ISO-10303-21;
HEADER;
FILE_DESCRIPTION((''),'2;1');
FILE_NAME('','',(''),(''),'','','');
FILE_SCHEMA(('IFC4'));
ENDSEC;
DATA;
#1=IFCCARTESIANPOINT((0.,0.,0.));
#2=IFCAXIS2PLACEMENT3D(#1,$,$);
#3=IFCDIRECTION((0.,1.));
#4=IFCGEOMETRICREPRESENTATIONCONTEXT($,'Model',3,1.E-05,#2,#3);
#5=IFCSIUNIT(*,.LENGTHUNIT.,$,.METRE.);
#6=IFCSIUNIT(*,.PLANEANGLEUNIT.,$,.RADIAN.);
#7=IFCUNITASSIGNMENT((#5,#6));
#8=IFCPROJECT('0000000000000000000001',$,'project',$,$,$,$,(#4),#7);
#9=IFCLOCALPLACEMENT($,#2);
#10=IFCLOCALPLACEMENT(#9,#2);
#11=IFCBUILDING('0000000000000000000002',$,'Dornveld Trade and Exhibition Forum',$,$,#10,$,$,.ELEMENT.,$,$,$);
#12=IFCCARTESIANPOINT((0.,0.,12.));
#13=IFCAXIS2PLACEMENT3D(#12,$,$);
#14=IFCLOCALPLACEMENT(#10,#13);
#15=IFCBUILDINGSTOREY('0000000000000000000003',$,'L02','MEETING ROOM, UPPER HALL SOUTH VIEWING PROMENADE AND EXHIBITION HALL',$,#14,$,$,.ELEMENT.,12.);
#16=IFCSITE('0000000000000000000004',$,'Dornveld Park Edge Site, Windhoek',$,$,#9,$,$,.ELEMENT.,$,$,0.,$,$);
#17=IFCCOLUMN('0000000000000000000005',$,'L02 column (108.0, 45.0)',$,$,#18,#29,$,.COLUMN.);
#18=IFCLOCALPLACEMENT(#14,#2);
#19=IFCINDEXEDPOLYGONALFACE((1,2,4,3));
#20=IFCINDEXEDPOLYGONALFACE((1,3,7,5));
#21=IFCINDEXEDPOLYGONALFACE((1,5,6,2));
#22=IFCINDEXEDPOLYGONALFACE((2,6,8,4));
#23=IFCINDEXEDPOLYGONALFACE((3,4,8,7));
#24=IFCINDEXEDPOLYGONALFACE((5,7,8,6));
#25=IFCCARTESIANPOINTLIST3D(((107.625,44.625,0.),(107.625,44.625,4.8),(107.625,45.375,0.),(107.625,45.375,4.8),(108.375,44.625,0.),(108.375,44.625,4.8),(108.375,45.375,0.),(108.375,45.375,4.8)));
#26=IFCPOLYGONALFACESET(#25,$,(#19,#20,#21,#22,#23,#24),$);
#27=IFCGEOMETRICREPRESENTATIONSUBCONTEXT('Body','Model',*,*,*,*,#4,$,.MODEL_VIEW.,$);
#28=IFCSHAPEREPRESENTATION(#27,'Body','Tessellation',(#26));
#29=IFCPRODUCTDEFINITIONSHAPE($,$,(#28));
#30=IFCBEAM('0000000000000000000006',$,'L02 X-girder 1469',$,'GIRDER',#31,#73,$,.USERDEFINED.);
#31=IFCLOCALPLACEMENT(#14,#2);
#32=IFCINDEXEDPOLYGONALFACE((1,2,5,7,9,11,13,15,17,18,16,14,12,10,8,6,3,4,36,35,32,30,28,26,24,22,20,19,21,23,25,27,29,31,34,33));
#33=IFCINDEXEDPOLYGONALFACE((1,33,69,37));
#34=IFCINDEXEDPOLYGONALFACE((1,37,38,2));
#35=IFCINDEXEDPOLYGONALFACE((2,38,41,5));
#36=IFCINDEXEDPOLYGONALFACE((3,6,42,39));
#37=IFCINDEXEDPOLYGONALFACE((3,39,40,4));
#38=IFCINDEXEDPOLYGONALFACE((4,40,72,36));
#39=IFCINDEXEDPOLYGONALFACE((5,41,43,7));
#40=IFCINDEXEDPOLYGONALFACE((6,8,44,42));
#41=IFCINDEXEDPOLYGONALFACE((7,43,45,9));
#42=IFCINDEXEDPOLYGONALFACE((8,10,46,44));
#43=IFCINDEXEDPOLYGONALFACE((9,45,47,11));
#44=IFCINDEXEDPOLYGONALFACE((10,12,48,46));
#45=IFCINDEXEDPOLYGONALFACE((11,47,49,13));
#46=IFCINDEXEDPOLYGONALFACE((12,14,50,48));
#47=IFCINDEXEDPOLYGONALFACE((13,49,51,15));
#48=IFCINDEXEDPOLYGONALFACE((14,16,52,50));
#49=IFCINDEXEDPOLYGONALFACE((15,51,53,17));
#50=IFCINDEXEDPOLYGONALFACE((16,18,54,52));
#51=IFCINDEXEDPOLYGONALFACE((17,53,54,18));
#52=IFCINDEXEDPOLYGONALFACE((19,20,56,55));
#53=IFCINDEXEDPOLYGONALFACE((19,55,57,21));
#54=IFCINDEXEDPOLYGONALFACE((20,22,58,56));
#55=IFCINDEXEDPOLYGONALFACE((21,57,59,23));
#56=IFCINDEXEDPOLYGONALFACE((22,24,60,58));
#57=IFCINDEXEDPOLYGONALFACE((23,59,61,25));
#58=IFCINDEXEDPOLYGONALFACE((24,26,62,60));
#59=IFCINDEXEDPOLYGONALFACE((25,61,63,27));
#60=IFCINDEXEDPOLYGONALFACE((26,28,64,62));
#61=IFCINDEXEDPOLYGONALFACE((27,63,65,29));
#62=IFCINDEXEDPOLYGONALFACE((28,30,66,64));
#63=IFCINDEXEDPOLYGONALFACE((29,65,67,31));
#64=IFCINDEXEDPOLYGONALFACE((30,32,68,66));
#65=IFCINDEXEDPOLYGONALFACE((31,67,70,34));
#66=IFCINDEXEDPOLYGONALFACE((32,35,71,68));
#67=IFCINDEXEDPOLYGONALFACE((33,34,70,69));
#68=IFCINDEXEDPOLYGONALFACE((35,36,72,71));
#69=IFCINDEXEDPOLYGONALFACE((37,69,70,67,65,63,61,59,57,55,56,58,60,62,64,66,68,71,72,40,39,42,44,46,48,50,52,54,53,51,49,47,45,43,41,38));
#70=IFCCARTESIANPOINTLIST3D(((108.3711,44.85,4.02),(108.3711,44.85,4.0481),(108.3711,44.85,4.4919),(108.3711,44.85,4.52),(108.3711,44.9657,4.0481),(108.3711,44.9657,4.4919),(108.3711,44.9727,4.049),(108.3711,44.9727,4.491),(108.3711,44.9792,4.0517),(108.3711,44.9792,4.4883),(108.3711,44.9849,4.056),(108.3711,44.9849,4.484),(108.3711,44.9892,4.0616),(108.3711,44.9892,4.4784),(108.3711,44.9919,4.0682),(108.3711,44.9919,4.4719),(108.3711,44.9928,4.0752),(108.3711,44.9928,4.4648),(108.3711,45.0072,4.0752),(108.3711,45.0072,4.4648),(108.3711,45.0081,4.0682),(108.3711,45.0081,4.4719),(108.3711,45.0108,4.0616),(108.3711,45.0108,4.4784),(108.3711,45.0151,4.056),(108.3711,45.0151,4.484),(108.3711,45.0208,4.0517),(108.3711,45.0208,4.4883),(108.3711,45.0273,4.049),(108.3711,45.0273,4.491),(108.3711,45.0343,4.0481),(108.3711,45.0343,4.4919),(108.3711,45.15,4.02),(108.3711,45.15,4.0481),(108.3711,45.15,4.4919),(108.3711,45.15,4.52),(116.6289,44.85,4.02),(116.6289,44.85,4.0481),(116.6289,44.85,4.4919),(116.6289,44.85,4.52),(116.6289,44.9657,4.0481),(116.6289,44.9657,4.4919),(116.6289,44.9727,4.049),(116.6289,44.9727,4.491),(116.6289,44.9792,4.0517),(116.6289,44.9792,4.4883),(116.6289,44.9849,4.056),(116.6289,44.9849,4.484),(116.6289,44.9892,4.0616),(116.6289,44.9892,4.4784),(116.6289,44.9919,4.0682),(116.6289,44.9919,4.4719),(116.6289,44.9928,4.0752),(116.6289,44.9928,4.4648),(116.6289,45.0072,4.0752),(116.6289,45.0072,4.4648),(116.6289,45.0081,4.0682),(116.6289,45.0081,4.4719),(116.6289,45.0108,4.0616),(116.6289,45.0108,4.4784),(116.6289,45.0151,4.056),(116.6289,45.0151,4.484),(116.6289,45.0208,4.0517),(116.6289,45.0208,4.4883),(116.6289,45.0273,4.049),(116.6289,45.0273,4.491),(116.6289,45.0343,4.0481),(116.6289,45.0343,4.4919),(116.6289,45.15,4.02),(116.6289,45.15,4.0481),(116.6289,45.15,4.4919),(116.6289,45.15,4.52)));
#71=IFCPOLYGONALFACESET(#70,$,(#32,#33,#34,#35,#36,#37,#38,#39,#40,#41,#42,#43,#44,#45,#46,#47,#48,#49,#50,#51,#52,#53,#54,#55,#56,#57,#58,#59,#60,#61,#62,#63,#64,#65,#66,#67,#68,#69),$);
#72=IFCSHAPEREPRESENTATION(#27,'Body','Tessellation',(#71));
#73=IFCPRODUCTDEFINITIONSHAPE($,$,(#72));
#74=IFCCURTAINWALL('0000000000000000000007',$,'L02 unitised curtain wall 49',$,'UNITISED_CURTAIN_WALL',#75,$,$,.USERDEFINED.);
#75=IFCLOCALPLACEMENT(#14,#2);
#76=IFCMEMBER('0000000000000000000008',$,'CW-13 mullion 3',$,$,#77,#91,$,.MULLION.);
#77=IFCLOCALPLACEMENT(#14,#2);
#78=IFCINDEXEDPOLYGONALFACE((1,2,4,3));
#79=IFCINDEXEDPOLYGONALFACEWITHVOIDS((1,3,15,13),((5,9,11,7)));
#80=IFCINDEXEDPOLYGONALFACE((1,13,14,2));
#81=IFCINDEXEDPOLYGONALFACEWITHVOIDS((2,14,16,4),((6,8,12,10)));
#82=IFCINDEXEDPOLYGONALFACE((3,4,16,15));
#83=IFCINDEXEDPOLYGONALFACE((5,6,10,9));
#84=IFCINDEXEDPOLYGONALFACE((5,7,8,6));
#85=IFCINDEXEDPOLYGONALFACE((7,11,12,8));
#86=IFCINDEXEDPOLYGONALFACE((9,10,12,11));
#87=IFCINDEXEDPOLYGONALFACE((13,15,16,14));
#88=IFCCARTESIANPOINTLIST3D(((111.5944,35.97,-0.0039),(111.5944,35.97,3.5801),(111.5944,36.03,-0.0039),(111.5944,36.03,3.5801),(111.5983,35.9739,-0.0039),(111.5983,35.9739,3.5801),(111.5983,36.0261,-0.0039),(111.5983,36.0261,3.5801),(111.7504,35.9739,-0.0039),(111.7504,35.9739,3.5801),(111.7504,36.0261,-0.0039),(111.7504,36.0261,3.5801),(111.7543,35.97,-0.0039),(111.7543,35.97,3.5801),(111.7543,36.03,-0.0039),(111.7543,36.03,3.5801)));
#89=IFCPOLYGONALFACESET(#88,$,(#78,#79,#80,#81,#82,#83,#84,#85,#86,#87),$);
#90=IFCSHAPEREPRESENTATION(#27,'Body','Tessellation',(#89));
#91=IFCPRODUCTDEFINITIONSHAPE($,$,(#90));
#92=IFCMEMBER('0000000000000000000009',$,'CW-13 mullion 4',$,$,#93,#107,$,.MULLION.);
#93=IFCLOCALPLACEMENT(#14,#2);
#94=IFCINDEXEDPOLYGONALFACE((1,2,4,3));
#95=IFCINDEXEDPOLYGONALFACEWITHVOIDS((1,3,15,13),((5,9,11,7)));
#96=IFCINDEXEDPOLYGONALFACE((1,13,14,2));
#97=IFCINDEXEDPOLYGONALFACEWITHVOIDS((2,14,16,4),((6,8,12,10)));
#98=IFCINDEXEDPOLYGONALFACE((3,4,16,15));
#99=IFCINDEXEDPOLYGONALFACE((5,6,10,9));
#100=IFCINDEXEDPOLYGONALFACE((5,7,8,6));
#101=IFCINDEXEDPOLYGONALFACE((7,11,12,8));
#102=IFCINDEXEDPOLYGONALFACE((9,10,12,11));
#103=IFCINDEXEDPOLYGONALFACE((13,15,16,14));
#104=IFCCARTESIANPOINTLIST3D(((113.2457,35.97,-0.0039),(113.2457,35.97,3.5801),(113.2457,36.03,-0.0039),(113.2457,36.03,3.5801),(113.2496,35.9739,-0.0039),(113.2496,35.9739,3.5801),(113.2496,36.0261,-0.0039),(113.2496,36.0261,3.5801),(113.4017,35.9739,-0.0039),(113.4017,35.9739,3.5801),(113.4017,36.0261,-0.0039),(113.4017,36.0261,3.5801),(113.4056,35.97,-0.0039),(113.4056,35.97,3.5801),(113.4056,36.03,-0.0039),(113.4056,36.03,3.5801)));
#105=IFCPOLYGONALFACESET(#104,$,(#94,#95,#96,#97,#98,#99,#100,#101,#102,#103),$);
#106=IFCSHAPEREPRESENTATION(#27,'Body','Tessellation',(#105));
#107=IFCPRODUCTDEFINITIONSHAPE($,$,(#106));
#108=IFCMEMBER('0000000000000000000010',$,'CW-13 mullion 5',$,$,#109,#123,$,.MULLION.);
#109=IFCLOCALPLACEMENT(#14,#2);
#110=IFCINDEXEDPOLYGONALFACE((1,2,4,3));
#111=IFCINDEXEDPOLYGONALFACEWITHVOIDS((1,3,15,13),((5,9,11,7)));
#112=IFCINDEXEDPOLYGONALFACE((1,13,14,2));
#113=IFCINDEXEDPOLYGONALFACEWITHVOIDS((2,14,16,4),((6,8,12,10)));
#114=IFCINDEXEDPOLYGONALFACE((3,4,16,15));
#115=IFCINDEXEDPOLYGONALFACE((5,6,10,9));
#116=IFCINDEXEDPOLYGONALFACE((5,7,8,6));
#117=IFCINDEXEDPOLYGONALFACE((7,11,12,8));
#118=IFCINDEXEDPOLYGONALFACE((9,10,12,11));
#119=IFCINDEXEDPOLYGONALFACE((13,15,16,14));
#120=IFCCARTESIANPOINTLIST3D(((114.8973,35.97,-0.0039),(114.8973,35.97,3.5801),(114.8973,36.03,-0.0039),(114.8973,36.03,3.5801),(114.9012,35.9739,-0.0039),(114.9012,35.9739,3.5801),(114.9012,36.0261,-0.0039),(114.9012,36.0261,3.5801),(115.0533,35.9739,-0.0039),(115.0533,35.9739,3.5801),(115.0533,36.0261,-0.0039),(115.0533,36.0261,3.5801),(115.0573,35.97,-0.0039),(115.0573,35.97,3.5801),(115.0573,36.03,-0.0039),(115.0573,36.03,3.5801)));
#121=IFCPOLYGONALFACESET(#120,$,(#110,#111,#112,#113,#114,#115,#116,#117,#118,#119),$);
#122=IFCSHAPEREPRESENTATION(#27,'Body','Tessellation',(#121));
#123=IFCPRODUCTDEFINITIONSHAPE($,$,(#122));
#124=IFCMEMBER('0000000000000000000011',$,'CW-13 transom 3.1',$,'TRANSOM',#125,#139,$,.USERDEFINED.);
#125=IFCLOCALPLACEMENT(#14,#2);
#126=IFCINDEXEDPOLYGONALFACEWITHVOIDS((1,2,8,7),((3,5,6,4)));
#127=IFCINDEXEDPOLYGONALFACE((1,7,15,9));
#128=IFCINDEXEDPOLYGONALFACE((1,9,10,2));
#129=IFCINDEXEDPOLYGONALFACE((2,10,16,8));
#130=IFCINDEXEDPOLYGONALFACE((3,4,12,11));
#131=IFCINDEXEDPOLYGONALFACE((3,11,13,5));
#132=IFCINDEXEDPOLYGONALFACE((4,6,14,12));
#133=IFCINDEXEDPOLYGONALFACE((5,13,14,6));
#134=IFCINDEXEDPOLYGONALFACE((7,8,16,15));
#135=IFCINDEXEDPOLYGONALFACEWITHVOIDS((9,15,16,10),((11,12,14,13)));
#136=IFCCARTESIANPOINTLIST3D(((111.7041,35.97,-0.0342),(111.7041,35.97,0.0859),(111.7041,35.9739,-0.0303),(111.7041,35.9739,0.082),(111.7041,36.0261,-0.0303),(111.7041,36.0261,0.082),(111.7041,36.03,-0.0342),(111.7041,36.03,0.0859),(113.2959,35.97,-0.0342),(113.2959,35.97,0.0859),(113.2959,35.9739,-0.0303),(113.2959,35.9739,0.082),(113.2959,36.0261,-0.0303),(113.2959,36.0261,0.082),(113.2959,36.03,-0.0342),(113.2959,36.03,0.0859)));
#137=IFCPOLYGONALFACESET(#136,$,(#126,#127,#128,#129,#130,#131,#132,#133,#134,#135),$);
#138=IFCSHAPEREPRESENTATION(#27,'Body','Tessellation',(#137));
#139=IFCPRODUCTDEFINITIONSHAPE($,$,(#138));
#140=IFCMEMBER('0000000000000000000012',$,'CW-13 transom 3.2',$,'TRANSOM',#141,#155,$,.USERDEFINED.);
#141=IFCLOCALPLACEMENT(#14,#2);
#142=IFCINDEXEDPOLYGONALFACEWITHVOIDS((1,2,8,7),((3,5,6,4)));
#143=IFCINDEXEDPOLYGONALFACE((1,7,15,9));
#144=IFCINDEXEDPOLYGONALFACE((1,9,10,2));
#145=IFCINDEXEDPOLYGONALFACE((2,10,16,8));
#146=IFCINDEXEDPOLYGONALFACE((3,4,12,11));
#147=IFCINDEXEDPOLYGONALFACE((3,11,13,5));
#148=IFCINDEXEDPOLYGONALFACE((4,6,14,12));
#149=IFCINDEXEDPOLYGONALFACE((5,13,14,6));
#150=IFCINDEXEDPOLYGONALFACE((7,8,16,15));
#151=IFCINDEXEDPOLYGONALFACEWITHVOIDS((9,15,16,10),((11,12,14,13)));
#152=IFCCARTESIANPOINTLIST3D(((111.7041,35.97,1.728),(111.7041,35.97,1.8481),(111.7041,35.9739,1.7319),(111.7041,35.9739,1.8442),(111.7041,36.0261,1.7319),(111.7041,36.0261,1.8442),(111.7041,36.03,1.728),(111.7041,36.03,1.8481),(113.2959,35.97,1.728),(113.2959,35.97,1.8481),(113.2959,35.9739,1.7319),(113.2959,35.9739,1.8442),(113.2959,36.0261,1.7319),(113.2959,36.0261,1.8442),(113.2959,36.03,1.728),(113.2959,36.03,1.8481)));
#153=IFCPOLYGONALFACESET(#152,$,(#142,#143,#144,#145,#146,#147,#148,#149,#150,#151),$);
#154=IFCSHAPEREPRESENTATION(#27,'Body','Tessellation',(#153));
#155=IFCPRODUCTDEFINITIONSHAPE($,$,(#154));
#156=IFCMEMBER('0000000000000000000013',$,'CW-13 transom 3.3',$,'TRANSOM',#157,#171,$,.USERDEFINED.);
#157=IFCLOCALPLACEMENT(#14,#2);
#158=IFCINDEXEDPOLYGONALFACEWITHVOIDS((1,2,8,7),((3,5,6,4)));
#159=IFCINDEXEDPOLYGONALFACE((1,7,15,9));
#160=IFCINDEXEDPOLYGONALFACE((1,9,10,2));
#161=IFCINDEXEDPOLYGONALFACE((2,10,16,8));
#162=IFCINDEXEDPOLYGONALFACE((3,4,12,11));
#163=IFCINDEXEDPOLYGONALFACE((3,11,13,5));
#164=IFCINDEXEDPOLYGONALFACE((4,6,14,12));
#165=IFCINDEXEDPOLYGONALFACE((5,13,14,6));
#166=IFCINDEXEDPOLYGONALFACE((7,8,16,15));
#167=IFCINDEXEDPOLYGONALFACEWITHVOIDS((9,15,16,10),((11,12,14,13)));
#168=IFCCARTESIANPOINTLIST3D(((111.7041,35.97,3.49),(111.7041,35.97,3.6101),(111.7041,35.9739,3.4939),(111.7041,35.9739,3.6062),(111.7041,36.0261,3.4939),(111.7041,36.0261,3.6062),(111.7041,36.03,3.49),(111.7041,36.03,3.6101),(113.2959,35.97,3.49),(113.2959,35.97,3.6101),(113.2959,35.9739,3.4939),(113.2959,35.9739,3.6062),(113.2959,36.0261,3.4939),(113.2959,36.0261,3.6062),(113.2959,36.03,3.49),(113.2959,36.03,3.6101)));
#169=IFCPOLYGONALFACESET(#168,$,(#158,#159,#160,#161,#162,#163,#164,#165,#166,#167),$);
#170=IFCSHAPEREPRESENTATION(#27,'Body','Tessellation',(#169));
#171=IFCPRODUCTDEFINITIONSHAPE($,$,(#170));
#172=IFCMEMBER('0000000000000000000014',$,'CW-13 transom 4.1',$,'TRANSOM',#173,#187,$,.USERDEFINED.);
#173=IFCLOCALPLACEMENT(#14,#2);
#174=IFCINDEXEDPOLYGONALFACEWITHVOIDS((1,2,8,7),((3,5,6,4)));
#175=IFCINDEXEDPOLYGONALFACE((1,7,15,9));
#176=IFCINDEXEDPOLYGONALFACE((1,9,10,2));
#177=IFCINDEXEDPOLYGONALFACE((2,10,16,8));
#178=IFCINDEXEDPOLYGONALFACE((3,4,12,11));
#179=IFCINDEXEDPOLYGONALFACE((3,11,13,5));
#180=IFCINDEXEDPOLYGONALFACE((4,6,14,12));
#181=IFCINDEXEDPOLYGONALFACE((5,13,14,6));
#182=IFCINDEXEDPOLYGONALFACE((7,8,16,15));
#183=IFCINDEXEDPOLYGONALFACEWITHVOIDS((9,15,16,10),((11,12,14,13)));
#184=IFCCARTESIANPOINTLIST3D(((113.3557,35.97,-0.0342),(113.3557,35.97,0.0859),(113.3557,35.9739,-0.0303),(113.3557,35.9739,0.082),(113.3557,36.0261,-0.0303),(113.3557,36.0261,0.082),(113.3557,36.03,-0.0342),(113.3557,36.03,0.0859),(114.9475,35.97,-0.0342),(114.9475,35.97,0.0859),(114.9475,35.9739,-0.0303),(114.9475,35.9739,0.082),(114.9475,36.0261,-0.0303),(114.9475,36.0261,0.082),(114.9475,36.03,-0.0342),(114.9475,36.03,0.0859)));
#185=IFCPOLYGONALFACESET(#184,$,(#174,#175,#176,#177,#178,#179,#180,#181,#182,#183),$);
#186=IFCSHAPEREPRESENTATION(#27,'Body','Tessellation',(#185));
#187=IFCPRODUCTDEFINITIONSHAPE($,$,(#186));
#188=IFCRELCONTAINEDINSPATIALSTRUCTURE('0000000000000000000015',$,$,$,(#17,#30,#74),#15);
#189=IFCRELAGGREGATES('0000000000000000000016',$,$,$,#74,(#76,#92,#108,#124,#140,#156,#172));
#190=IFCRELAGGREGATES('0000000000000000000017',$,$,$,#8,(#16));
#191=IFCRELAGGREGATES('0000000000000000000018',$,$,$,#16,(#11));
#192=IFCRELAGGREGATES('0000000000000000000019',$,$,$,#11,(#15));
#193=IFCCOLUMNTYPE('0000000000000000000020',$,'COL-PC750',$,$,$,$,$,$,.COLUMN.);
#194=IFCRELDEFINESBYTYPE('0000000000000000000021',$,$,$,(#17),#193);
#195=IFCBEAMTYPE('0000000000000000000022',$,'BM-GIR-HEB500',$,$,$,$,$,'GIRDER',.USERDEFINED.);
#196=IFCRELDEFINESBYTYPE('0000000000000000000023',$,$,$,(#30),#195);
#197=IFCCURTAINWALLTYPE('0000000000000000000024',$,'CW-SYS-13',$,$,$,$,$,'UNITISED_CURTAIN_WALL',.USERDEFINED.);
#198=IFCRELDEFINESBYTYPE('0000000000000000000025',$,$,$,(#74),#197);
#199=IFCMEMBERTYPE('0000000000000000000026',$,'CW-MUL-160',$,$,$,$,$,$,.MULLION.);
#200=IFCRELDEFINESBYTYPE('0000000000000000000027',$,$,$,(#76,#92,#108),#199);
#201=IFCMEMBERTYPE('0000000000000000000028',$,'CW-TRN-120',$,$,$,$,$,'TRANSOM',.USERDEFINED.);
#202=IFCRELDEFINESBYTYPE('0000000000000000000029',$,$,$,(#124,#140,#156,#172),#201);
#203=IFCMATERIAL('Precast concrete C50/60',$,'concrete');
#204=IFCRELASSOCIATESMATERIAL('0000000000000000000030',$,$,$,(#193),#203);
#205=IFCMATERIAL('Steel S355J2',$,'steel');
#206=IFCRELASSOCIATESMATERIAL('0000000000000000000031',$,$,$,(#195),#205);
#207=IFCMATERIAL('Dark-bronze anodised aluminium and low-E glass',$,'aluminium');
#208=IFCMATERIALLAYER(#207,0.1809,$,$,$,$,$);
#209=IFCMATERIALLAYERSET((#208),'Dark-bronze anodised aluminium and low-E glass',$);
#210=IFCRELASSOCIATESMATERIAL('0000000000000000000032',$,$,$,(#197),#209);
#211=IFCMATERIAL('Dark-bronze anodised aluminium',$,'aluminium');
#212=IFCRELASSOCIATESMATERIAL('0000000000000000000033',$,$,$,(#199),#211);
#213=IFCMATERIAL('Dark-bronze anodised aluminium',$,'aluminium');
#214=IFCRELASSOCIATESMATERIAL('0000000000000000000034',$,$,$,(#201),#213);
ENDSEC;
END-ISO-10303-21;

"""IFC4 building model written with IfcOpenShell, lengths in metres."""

from ifc_helpers import new_model, si_unit, direction, frame, origin, origin_2d, place, context, subcontext, project, spatial, rectangle, hollow_rectangle, i_section, extrude, material, layer, layer_set, material_profile, profile_set, type_object, element, aggregate, save


model = new_model("IFC4")

# Units and contexts
model_context = context("Model", 3, precision=1e-05, world=origin(), true_north=direction((0.0, 1.0)))
body_context = subcontext(model_context, "Body", "Model", "MODEL_VIEW")
ifc_project = project(units=[si_unit("LENGTHUNIT", "METRE"), si_unit("PLANEANGLEUNIT", "RADIAN")], contexts=[model_context])

# Site, building, storey
site_placement = place(None, origin())
site = spatial("IfcSite", under=ifc_project, at=site_placement, Name="Dornveld Park Edge Site, Windhoek", CompositionType="ELEMENT", RefElevation=0.0)
building_placement = place(site_placement, origin())
building = spatial("IfcBuilding", under=site, at=building_placement, Name="Dornveld Trade and Exhibition Forum", CompositionType="ELEMENT")
storey_placement = place(building_placement, frame((0.0, 0.0, 12.0)))
storey = spatial("IfcBuildingStorey", under=building, at=storey_placement, Name="L02", Description="MEETING ROOM, UPPER HALL SOUTH VIEWING PROMENADE AND EXHIBITION HALL", CompositionType="ELEMENT", Elevation=12.0)

# Column
ifc_material_1 = material(Name="Precast concrete C50/60", Category="concrete")
ifc_material_profile_1 = material_profile(ifc_material_1, rectangle(XDim=0.75, YDim=0.75, at=origin_2d()), Name="PC-COL 750x750")
ifc_profile_set_1 = profile_set([ifc_material_profile_1], Name="Precast concrete C50/60")
column_type = type_object("IfcColumnType", Name="COL-PC750", PredefinedType="COLUMN", material=ifc_profile_set_1)
column_placement = place(storey_placement, frame((108.0, 45.0, 0.0), z_axis=(0.0, 0.0, 1.0), x_axis=(1.0, 0.0, 0.0)))
element("IfcColumn", 1, at=column_placement, inside=storey, type_object=column_type, Name="L02 column (108.0, 45.0)", PredefinedType="COLUMN", context=body_context, shape_type="SweptSolid", body=[
    extrude(rectangle(XDim=0.75, YDim=0.75, at=origin_2d()), origin(), (0.0, 0.0, 1.0), 4.8),
])

# Beam
ifc_material_2 = material(Name="Steel S355J2", Category="steel")
ifc_material_profile_2 = material_profile(ifc_material_2, i_section(OverallWidth=0.3, OverallDepth=0.5, WebThickness=0.0144, FlangeThickness=0.0281, FilletRadius=0.0271, at=origin_2d()), Name="HEB 500")
ifc_profile_set_2 = profile_set([ifc_material_profile_2], Name="Steel S355J2")
beam_type = type_object("IfcBeamType", Name="BM-GIR-HEB500", ElementType="GIRDER", PredefinedType="USERDEFINED", material=ifc_profile_set_2)
beam_placement = place(storey_placement, frame((108.3711, 45.0, 4.27), z_axis=(1.0, 0.0, 0.0), x_axis=(0.0, 1.0, 0.0)))
element("IfcBeam", 2, at=beam_placement, inside=storey, type_object=beam_type, Name="L02 X-girder 1469", ObjectType="GIRDER", PredefinedType="USERDEFINED", context=body_context, shape_type="SweptSolid", body=[
    extrude(i_section(OverallWidth=0.3, OverallDepth=0.5, WebThickness=0.0144, FlangeThickness=0.0281, FilletRadius=0.0271, at=origin_2d()), origin(), (0.0, 0.0, 1.0), 8.2578),
])

# Curtain wall, members
ifc_material_3 = material(Name="Dark-bronze anodised aluminium and low-E glass", Category="aluminium")
ifc_layer_1 = layer(ifc_material_3, 0.1809)
ifc_layer_set_1 = layer_set([ifc_layer_1], Name="Dark-bronze anodised aluminium and low-E glass")
curtain_wall_type = type_object("IfcCurtainWallType", Name="CW-SYS-13", ElementType="UNITISED_CURTAIN_WALL", PredefinedType="USERDEFINED", material=ifc_layer_set_1)
curtain_wall_placement = place(storey_placement, origin())
curtain_wall = element("IfcCurtainWall", 3, at=curtain_wall_placement, inside=storey, type_object=curtain_wall_type, Name="L02 unitised curtain wall 49", ObjectType="UNITISED_CURTAIN_WALL", PredefinedType="USERDEFINED")
ifc_material_4 = material(Name="Dark-bronze anodised aluminium", Category="aluminium")
ifc_material_profile_3 = material_profile(ifc_material_4, hollow_rectangle(XDim=0.0601, YDim=0.1599, WallThickness=0.0039, at=origin_2d()), Name="RHS 160x60x4")
ifc_profile_set_3 = profile_set([ifc_material_profile_3], Name="Dark-bronze anodised aluminium")
member_type_1 = type_object("IfcMemberType", Name="CW-MUL-160", PredefinedType="MULLION", material=ifc_profile_set_3)
member_1_placement = place(storey_placement, frame((111.6743, 36.0, -0.0039), z_axis=(0.0, 0.0, 1.0), x_axis=(0.0, 1.0, 0.0)))
member_1 = element("IfcMember", 4, at=member_1_placement, type_object=member_type_1, Name="CW-13 mullion 3", PredefinedType="MULLION", context=body_context, shape_type="SweptSolid", body=[
    extrude(hollow_rectangle(XDim=0.0601, YDim=0.1599, WallThickness=0.0039, at=origin_2d()), origin(), (0.0, 0.0, 1.0), 3.584),
])
member_2_placement = place(storey_placement, frame((113.3257, 36.0, -0.0039), z_axis=(0.0, 0.0, 1.0), x_axis=(0.0, 1.0, 0.0)))
member_2 = element("IfcMember", 5, at=member_2_placement, type_object=member_type_1, Name="CW-13 mullion 4", PredefinedType="MULLION", context=body_context, shape_type="SweptSolid", body=[
    extrude(hollow_rectangle(XDim=0.0601, YDim=0.1599, WallThickness=0.0039, at=origin_2d()), origin(), (0.0, 0.0, 1.0), 3.584),
])
member_3_placement = place(storey_placement, frame((114.9773, 36.0, -0.0039), z_axis=(0.0, 0.0, 1.0), x_axis=(0.0, 1.0, 0.0)))
member_3 = element("IfcMember", 6, at=member_3_placement, type_object=member_type_1, Name="CW-13 mullion 5", PredefinedType="MULLION", context=body_context, shape_type="SweptSolid", body=[
    extrude(hollow_rectangle(XDim=0.0601, YDim=0.1599, WallThickness=0.0039, at=origin_2d()), origin(), (0.0, 0.0, 1.0), 3.584),
])
ifc_material_5 = material(Name="Dark-bronze anodised aluminium", Category="aluminium")
ifc_material_profile_4 = material_profile(ifc_material_5, hollow_rectangle(XDim=0.0601, YDim=0.1201, WallThickness=0.0039, at=origin_2d()), Name="RHS 120x60x4")
ifc_profile_set_4 = profile_set([ifc_material_profile_4], Name="Dark-bronze anodised aluminium")
member_type_2 = type_object("IfcMemberType", Name="CW-TRN-120", ElementType="TRANSOM", PredefinedType="USERDEFINED", material=ifc_profile_set_4)
member_4_placement = place(storey_placement, frame((111.7041, 36.0, 0.0259), z_axis=(1.0, 0.0, 0.0), x_axis=(0.0, 1.0, 0.0)))
member_4 = element("IfcMember", 7, at=member_4_placement, type_object=member_type_2, Name="CW-13 transom 3.1", ObjectType="TRANSOM", PredefinedType="USERDEFINED", context=body_context, shape_type="SweptSolid", body=[
    extrude(hollow_rectangle(XDim=0.0601, YDim=0.1201, WallThickness=0.0039, at=origin_2d()), origin(), (0.0, 0.0, 1.0), 1.5918),
])
member_5_placement = place(storey_placement, frame((111.7041, 36.0, 1.7881), z_axis=(1.0, 0.0, 0.0), x_axis=(0.0, 1.0, 0.0)))
member_5 = element("IfcMember", 8, at=member_5_placement, type_object=member_type_2, Name="CW-13 transom 3.2", ObjectType="TRANSOM", PredefinedType="USERDEFINED", context=body_context, shape_type="SweptSolid", body=[
    extrude(hollow_rectangle(XDim=0.0601, YDim=0.1201, WallThickness=0.0039, at=origin_2d()), origin(), (0.0, 0.0, 1.0), 1.5918),
])
member_6_placement = place(storey_placement, frame((111.7041, 36.0, 3.55), z_axis=(1.0, 0.0, 0.0), x_axis=(0.0, 1.0, 0.0)))
member_6 = element("IfcMember", 9, at=member_6_placement, type_object=member_type_2, Name="CW-13 transom 3.3", ObjectType="TRANSOM", PredefinedType="USERDEFINED", context=body_context, shape_type="SweptSolid", body=[
    extrude(hollow_rectangle(XDim=0.0601, YDim=0.1201, WallThickness=0.0039, at=origin_2d()), origin(), (0.0, 0.0, 1.0), 1.5918),
])
member_7_placement = place(storey_placement, frame((113.3557, 36.0, 0.0259), z_axis=(1.0, 0.0, 0.0), x_axis=(0.0, 1.0, 0.0)))
member_7 = element("IfcMember", 10, at=member_7_placement, type_object=member_type_2, Name="CW-13 transom 4.1", ObjectType="TRANSOM", PredefinedType="USERDEFINED", context=body_context, shape_type="SweptSolid", body=[
    extrude(hollow_rectangle(XDim=0.0601, YDim=0.1201, WallThickness=0.0039, at=origin_2d()), origin(), (0.0, 0.0, 1.0), 1.5918),
])
aggregate(curtain_wall, [member_1, member_2, member_3, member_4, member_5, member_6, member_7])

save(model, "model.ifc")
